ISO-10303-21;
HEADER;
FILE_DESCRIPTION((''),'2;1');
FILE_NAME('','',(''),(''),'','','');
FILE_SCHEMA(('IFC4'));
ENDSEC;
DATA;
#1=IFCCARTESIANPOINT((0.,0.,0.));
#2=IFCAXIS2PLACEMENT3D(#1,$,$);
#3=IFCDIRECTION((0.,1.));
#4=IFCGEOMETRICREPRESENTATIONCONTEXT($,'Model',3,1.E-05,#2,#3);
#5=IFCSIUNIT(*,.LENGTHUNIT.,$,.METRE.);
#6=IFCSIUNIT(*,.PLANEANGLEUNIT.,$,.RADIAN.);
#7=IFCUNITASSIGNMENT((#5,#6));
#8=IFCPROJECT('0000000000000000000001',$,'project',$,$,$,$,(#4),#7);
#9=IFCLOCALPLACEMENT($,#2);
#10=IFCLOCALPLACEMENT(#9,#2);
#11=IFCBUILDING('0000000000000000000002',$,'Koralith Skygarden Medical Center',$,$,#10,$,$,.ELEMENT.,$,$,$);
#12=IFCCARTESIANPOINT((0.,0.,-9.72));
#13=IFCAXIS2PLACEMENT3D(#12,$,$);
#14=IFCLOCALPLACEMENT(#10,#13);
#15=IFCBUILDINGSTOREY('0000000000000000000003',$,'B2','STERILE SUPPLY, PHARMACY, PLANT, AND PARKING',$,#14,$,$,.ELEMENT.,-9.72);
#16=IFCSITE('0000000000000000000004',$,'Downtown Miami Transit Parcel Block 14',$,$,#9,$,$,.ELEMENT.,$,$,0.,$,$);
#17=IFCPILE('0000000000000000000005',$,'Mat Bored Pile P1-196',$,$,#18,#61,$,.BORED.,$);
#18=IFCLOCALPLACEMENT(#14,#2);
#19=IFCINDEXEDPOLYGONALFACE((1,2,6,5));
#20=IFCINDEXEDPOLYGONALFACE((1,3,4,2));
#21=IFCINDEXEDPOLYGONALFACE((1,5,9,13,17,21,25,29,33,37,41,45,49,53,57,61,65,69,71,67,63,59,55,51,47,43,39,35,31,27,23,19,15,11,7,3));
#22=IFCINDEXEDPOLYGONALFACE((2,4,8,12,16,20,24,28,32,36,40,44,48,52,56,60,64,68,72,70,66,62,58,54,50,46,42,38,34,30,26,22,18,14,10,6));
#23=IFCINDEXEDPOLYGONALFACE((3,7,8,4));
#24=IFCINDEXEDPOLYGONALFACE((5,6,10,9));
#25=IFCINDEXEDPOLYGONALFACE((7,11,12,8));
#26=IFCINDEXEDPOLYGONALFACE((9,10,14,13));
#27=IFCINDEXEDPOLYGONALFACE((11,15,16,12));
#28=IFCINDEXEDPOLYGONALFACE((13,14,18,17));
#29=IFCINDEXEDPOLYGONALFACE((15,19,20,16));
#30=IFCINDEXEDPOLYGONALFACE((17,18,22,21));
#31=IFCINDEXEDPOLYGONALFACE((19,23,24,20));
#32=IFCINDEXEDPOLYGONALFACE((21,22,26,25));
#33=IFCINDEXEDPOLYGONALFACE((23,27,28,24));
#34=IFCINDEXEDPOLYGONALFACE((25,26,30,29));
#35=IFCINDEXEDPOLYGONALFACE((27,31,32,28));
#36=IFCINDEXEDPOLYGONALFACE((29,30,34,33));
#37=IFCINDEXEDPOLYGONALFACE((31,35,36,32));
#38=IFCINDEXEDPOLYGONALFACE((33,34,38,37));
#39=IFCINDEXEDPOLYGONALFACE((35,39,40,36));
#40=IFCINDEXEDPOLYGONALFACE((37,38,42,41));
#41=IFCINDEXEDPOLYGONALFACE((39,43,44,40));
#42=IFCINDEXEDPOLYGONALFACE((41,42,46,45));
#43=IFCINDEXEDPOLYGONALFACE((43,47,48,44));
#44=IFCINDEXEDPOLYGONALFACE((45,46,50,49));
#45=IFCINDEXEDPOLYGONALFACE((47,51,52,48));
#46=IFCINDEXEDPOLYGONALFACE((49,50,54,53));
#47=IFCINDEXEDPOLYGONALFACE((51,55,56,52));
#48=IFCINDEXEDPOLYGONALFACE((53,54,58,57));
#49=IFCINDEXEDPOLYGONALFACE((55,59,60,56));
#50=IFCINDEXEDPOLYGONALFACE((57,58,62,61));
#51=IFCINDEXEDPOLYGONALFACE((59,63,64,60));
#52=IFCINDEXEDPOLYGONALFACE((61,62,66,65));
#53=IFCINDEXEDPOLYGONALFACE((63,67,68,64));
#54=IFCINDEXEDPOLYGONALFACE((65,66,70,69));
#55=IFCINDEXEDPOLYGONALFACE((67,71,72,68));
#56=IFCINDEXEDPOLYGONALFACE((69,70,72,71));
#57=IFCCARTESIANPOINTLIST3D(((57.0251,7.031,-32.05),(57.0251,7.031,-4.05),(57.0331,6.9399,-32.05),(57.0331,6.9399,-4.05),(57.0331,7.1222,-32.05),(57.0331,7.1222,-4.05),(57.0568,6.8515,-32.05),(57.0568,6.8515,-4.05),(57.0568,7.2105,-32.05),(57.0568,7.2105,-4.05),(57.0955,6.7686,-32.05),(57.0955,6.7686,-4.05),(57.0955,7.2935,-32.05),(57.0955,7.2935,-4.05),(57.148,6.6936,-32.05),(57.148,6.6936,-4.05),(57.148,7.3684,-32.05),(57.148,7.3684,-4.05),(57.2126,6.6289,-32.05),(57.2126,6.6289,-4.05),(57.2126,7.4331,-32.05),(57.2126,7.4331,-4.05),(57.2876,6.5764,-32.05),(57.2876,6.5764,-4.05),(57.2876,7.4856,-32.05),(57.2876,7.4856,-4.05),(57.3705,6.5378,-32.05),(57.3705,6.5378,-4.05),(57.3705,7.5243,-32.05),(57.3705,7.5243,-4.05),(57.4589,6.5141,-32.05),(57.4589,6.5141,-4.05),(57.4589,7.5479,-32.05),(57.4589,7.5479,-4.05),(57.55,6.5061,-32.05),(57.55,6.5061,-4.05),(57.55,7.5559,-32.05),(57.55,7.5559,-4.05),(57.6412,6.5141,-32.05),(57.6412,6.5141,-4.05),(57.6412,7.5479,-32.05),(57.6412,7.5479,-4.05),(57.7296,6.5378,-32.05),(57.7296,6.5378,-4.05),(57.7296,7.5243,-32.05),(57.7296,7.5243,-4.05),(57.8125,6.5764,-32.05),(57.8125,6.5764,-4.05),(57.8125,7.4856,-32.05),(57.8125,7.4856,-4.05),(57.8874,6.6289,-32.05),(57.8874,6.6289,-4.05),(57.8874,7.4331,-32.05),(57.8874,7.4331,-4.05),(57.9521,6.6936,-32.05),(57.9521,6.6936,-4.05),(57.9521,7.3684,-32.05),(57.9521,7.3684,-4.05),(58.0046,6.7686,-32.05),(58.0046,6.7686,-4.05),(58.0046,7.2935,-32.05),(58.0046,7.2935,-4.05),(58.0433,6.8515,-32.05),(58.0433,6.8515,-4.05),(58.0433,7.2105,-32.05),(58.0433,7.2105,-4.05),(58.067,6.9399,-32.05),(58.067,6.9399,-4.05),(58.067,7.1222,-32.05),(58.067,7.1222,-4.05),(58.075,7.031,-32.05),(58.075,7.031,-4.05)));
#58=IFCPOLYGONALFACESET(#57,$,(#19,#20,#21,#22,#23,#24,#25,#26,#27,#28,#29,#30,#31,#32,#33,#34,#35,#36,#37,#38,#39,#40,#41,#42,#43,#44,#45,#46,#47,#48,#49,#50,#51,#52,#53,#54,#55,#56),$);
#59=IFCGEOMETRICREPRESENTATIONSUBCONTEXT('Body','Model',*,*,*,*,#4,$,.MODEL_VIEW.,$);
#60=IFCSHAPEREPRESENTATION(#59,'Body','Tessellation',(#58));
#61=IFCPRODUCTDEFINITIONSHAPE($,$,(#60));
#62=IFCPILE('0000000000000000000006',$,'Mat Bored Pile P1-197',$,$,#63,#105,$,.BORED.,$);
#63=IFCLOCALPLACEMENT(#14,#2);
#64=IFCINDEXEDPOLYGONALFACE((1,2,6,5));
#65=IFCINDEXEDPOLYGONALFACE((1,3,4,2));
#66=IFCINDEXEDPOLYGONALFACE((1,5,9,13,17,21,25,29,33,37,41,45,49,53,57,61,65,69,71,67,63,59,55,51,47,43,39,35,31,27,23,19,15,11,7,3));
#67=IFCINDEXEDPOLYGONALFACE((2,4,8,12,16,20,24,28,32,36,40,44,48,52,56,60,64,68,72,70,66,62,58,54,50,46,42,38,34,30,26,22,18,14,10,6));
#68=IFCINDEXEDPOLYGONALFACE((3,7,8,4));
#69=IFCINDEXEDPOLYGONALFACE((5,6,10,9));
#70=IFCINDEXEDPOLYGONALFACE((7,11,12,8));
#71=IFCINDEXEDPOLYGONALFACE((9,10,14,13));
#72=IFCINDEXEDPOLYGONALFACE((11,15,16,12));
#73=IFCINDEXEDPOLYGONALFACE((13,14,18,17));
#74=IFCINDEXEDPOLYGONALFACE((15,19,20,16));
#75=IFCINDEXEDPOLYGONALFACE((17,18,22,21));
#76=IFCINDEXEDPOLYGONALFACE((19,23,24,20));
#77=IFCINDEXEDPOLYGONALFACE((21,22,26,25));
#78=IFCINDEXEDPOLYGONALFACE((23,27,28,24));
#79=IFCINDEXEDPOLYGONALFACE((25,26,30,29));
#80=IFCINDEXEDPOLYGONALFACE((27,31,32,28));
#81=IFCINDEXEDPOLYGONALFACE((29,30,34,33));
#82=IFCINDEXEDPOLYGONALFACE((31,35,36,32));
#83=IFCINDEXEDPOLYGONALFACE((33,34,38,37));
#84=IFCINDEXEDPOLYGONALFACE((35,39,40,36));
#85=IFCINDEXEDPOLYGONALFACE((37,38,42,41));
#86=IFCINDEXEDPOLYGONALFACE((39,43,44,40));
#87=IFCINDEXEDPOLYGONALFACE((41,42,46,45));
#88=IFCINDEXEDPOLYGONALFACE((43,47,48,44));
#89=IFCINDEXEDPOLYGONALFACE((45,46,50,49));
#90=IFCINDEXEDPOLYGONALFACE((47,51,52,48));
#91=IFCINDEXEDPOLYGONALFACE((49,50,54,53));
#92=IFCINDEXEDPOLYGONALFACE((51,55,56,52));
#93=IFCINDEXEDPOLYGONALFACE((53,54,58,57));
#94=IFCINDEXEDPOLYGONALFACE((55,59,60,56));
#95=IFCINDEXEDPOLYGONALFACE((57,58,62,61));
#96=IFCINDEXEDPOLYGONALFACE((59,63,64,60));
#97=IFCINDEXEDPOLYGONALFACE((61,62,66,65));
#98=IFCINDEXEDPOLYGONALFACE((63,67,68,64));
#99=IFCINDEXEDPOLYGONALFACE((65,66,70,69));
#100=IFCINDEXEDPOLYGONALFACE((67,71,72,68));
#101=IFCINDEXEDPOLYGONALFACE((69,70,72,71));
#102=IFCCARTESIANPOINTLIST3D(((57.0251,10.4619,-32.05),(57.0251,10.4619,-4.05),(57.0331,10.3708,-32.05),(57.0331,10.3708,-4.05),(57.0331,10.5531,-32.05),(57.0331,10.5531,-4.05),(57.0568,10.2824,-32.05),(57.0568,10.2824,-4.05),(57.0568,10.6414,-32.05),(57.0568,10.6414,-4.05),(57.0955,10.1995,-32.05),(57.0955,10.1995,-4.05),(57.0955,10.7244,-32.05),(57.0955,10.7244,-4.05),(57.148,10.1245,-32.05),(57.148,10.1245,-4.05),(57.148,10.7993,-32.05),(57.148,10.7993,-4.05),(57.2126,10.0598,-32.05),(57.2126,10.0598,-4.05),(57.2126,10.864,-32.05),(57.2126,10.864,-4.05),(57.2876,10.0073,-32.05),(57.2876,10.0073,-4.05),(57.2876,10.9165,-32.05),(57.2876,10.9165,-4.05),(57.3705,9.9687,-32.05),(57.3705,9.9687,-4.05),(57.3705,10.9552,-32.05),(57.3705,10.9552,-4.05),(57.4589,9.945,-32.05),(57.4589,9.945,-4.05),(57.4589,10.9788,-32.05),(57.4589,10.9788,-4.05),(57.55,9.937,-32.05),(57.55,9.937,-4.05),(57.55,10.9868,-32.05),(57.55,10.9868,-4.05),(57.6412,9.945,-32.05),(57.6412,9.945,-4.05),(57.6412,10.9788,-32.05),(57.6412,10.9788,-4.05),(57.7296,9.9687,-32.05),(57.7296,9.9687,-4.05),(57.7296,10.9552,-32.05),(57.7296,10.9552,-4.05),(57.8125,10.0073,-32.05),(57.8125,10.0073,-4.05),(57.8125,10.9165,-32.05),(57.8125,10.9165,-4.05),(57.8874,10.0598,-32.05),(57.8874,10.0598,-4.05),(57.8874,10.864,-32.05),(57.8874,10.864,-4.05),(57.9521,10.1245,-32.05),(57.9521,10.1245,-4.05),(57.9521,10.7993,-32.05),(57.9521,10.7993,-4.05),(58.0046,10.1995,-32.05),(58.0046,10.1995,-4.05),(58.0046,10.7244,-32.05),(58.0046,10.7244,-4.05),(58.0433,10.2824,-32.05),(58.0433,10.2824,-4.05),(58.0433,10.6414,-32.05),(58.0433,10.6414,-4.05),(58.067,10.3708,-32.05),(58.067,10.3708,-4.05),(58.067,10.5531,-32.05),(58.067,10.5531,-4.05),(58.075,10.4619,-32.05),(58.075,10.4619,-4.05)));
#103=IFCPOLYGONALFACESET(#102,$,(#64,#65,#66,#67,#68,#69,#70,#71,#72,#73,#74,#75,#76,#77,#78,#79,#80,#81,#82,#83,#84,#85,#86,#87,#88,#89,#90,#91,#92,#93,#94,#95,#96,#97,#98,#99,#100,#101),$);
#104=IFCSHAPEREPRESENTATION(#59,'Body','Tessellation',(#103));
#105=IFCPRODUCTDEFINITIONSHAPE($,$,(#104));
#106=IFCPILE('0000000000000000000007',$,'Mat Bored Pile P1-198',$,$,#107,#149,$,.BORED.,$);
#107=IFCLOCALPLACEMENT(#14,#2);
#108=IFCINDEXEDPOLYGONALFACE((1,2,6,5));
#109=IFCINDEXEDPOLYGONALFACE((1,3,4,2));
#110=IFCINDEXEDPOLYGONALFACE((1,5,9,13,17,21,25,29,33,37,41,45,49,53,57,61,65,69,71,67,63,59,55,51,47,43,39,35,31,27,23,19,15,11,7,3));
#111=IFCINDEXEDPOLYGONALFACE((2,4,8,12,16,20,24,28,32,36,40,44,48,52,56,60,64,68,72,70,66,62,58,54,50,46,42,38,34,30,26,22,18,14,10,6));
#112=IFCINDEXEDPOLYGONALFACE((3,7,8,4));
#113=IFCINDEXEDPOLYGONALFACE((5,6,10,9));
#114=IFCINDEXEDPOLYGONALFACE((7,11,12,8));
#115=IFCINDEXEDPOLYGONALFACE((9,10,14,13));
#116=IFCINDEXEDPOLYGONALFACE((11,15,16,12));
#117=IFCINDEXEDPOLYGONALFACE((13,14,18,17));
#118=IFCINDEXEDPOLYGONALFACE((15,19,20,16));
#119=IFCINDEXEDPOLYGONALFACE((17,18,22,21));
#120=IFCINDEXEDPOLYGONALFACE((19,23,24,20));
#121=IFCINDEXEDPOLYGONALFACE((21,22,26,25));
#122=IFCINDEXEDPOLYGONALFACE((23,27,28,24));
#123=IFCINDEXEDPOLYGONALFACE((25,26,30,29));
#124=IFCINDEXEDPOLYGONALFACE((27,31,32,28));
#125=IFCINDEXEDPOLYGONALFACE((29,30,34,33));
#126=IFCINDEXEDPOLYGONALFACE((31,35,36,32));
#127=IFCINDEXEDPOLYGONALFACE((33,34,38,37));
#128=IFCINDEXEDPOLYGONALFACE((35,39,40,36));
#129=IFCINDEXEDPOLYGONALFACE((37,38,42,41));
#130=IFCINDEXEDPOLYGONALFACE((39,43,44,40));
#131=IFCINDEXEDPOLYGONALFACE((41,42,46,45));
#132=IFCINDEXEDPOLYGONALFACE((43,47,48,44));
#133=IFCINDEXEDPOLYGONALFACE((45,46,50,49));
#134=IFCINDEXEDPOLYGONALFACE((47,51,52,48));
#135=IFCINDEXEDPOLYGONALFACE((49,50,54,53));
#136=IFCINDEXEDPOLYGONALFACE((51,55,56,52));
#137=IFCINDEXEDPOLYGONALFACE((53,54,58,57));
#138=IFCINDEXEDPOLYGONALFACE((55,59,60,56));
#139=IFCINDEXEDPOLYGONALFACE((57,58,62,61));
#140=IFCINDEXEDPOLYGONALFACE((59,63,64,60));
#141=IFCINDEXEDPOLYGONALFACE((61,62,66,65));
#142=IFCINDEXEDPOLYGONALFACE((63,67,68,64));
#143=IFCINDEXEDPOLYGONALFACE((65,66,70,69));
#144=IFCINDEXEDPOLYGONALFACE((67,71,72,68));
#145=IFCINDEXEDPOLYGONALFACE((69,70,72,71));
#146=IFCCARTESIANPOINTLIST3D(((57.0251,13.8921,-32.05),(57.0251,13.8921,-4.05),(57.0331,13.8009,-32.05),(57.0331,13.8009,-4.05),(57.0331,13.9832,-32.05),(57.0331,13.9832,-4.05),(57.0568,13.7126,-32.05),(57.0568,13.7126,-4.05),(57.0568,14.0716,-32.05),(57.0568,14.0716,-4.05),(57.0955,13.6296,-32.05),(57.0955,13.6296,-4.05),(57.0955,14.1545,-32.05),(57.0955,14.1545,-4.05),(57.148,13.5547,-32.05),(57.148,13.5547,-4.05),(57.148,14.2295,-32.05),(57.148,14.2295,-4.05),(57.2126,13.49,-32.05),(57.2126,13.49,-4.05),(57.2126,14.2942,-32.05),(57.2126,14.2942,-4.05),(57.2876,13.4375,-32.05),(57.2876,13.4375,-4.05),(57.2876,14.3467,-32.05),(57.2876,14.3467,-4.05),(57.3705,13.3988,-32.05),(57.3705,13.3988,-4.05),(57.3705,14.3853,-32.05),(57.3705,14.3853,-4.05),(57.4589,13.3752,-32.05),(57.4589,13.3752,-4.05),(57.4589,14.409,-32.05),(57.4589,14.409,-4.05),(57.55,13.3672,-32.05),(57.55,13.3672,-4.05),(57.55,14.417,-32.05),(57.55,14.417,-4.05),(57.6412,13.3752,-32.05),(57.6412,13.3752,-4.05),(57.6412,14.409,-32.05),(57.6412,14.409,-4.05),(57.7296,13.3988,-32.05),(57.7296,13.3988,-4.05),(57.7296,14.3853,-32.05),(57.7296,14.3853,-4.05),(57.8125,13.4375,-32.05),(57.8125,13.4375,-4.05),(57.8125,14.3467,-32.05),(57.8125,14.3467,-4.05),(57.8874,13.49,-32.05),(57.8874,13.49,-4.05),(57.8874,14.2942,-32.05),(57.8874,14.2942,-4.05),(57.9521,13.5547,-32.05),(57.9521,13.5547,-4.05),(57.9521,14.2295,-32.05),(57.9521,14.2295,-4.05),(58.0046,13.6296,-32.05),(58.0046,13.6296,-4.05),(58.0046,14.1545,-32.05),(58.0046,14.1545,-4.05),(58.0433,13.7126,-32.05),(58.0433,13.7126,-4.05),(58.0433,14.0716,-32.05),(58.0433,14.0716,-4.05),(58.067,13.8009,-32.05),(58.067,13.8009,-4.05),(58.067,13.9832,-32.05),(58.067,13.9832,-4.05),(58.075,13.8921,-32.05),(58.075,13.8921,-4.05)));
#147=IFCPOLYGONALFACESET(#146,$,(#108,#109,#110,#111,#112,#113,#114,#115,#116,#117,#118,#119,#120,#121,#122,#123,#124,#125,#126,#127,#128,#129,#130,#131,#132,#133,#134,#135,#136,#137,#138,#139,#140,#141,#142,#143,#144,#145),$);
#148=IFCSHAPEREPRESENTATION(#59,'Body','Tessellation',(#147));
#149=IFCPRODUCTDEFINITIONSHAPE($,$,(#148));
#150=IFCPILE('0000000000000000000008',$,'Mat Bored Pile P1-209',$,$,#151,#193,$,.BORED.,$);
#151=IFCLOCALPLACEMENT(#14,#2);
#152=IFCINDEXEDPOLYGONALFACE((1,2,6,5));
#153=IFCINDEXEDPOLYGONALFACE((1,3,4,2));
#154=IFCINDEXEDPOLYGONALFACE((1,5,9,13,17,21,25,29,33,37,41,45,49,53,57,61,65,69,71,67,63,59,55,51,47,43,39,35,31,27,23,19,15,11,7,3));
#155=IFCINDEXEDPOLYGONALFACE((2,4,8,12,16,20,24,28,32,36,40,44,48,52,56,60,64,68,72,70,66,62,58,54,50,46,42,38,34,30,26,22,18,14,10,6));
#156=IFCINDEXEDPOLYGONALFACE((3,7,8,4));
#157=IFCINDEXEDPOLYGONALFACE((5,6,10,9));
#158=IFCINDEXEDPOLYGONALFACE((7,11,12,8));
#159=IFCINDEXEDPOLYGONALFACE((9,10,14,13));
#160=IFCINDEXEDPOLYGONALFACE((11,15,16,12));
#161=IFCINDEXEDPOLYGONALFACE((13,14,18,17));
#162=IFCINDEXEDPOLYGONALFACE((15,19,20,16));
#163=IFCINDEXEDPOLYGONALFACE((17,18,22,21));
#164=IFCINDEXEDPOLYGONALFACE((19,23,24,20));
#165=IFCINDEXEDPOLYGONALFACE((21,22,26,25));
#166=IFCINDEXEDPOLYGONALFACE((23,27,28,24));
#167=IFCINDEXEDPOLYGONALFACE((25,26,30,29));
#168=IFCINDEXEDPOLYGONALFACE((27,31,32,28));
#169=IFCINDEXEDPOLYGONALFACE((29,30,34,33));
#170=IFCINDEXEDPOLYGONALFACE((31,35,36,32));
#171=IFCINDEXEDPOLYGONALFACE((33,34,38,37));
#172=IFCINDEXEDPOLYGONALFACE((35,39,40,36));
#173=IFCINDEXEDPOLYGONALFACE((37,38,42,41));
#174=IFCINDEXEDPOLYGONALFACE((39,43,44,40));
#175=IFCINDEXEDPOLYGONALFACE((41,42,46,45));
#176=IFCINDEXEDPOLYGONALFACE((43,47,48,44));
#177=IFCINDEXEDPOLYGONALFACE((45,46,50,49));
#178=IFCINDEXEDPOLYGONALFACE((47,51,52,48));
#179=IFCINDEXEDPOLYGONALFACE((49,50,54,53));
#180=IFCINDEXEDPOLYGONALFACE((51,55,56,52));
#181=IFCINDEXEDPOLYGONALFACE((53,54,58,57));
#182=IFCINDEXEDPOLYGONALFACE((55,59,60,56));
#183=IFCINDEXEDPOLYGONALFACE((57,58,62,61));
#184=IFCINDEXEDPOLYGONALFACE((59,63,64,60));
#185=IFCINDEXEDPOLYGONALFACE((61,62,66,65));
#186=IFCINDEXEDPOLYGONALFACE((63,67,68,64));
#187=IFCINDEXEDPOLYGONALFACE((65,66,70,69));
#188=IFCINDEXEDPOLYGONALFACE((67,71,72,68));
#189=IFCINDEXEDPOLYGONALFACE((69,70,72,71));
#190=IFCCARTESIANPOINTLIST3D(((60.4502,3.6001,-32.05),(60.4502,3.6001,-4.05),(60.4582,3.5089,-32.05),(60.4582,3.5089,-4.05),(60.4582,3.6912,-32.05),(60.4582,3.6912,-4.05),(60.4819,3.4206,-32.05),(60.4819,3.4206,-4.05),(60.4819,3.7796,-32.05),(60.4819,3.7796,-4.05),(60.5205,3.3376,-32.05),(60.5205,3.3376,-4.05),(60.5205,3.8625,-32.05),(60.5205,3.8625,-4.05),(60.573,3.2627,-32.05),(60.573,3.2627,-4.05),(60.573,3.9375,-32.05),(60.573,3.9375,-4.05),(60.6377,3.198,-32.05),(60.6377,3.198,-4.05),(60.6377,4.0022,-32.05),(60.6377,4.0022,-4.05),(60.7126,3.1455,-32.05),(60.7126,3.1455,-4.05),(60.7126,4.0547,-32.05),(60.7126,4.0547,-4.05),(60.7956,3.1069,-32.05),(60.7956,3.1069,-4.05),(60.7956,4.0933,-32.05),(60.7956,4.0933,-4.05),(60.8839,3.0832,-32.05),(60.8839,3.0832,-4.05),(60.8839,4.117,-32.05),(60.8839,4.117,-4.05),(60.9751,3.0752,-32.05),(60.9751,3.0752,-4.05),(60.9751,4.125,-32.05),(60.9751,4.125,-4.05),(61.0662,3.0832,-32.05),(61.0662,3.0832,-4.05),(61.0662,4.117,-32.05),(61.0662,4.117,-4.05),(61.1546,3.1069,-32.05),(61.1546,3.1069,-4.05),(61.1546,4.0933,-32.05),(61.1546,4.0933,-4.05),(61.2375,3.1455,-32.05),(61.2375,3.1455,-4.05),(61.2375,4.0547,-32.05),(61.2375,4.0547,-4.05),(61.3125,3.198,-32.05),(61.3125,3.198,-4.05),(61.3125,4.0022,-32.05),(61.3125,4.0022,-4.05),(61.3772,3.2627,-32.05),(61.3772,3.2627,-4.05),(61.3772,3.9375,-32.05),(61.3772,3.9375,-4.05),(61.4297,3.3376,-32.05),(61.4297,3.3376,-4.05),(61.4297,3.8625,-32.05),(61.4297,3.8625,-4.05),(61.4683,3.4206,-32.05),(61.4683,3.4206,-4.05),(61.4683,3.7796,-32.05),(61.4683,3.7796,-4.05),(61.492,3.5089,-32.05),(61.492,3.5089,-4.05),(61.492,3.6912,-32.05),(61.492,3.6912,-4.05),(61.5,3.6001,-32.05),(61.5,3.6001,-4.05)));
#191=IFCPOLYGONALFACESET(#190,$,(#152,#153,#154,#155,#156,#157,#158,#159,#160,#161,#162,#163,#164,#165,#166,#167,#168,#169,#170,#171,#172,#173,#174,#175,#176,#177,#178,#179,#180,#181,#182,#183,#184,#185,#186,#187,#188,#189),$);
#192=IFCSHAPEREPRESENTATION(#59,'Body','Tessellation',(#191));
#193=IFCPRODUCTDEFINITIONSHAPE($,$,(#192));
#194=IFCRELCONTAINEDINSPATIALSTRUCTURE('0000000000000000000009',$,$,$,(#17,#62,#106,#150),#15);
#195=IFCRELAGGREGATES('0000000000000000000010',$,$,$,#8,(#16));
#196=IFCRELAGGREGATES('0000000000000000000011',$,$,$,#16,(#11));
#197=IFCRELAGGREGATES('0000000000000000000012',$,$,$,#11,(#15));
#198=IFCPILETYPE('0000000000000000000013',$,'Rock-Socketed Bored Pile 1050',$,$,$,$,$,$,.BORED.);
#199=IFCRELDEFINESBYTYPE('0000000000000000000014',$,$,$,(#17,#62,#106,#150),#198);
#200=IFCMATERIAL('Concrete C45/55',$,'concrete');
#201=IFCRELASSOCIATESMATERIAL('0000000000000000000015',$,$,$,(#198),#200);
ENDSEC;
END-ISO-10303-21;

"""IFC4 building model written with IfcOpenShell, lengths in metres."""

from ifc_helpers import new_model, si_unit, direction, frame, origin, origin_2d, place, context, subcontext, project, spatial, circle, extrude, material, material_profile, profile_set, type_object, element, save


model = new_model("IFC4")

# Units and contexts
model_context = context("Model", 3, precision=1e-05, world=origin(), true_north=direction((0.0, 1.0)))
body_context = subcontext(model_context, "Body", "Model", "MODEL_VIEW")
ifc_project = project(units=[si_unit("LENGTHUNIT", "METRE"), si_unit("PLANEANGLEUNIT", "RADIAN")], contexts=[model_context])

# Site, building, storey
site_placement = place(None, origin())
site = spatial("IfcSite", under=ifc_project, at=site_placement, Name="Downtown Miami Transit Parcel Block 14", CompositionType="ELEMENT", RefElevation=0.0)
building_placement = place(site_placement, origin())
building = spatial("IfcBuilding", under=site, at=building_placement, Name="Koralith Skygarden Medical Center", CompositionType="ELEMENT")
storey_placement = place(building_placement, frame((0.0, 0.0, -9.72)))
storey = spatial("IfcBuildingStorey", under=building, at=storey_placement, Name="B2", Description="STERILE SUPPLY, PHARMACY, PLANT, AND PARKING", CompositionType="ELEMENT", Elevation=-9.72)

# Piles
ifc_material_1 = material(Name="Concrete C45/55", Category="concrete")
ifc_material_profile_1 = material_profile(ifc_material_1, circle(Radius=0.5249, at=origin_2d()), Name="PILE1050")
ifc_profile_set_1 = profile_set([ifc_material_profile_1], Name="Concrete C45/55")
pile_type = type_object("IfcPileType", Name="Rock-Socketed Bored Pile 1050", PredefinedType="BORED", material=ifc_profile_set_1)
for number, where, z_axis, x_axis, name in (
    (1, (57.55, 7.031, -4.05), (0.0, 0.0, -1.0), (1.0, 0.0, 0.0), "Mat Bored Pile P1-196"),
    (2, (57.55, 10.4619, -4.05), (0.0, 0.0, -1.0), (1.0, 0.0, 0.0), "Mat Bored Pile P1-197"),
    (3, (57.55, 13.8921, -4.05), (0.0, 0.0, -1.0), (1.0, 0.0, 0.0), "Mat Bored Pile P1-198"),
    (4, (60.9751, 3.6001, -4.05), (0.0, 0.0, -1.0), (1.0, 0.0, 0.0), "Mat Bored Pile P1-209"),
):
    element("IfcPile", number, at=place(storey_placement, frame(where, z_axis=z_axis, x_axis=x_axis)), inside=storey, type_object=pile_type, Name=name, PredefinedType="BORED", context=body_context, shape_type="SweptSolid", body=[
        extrude(circle(Radius=0.5249, at=origin_2d()), origin(), (0.0, 0.0, 1.0), 28.0),
    ])

save(model, "model.ifc")
